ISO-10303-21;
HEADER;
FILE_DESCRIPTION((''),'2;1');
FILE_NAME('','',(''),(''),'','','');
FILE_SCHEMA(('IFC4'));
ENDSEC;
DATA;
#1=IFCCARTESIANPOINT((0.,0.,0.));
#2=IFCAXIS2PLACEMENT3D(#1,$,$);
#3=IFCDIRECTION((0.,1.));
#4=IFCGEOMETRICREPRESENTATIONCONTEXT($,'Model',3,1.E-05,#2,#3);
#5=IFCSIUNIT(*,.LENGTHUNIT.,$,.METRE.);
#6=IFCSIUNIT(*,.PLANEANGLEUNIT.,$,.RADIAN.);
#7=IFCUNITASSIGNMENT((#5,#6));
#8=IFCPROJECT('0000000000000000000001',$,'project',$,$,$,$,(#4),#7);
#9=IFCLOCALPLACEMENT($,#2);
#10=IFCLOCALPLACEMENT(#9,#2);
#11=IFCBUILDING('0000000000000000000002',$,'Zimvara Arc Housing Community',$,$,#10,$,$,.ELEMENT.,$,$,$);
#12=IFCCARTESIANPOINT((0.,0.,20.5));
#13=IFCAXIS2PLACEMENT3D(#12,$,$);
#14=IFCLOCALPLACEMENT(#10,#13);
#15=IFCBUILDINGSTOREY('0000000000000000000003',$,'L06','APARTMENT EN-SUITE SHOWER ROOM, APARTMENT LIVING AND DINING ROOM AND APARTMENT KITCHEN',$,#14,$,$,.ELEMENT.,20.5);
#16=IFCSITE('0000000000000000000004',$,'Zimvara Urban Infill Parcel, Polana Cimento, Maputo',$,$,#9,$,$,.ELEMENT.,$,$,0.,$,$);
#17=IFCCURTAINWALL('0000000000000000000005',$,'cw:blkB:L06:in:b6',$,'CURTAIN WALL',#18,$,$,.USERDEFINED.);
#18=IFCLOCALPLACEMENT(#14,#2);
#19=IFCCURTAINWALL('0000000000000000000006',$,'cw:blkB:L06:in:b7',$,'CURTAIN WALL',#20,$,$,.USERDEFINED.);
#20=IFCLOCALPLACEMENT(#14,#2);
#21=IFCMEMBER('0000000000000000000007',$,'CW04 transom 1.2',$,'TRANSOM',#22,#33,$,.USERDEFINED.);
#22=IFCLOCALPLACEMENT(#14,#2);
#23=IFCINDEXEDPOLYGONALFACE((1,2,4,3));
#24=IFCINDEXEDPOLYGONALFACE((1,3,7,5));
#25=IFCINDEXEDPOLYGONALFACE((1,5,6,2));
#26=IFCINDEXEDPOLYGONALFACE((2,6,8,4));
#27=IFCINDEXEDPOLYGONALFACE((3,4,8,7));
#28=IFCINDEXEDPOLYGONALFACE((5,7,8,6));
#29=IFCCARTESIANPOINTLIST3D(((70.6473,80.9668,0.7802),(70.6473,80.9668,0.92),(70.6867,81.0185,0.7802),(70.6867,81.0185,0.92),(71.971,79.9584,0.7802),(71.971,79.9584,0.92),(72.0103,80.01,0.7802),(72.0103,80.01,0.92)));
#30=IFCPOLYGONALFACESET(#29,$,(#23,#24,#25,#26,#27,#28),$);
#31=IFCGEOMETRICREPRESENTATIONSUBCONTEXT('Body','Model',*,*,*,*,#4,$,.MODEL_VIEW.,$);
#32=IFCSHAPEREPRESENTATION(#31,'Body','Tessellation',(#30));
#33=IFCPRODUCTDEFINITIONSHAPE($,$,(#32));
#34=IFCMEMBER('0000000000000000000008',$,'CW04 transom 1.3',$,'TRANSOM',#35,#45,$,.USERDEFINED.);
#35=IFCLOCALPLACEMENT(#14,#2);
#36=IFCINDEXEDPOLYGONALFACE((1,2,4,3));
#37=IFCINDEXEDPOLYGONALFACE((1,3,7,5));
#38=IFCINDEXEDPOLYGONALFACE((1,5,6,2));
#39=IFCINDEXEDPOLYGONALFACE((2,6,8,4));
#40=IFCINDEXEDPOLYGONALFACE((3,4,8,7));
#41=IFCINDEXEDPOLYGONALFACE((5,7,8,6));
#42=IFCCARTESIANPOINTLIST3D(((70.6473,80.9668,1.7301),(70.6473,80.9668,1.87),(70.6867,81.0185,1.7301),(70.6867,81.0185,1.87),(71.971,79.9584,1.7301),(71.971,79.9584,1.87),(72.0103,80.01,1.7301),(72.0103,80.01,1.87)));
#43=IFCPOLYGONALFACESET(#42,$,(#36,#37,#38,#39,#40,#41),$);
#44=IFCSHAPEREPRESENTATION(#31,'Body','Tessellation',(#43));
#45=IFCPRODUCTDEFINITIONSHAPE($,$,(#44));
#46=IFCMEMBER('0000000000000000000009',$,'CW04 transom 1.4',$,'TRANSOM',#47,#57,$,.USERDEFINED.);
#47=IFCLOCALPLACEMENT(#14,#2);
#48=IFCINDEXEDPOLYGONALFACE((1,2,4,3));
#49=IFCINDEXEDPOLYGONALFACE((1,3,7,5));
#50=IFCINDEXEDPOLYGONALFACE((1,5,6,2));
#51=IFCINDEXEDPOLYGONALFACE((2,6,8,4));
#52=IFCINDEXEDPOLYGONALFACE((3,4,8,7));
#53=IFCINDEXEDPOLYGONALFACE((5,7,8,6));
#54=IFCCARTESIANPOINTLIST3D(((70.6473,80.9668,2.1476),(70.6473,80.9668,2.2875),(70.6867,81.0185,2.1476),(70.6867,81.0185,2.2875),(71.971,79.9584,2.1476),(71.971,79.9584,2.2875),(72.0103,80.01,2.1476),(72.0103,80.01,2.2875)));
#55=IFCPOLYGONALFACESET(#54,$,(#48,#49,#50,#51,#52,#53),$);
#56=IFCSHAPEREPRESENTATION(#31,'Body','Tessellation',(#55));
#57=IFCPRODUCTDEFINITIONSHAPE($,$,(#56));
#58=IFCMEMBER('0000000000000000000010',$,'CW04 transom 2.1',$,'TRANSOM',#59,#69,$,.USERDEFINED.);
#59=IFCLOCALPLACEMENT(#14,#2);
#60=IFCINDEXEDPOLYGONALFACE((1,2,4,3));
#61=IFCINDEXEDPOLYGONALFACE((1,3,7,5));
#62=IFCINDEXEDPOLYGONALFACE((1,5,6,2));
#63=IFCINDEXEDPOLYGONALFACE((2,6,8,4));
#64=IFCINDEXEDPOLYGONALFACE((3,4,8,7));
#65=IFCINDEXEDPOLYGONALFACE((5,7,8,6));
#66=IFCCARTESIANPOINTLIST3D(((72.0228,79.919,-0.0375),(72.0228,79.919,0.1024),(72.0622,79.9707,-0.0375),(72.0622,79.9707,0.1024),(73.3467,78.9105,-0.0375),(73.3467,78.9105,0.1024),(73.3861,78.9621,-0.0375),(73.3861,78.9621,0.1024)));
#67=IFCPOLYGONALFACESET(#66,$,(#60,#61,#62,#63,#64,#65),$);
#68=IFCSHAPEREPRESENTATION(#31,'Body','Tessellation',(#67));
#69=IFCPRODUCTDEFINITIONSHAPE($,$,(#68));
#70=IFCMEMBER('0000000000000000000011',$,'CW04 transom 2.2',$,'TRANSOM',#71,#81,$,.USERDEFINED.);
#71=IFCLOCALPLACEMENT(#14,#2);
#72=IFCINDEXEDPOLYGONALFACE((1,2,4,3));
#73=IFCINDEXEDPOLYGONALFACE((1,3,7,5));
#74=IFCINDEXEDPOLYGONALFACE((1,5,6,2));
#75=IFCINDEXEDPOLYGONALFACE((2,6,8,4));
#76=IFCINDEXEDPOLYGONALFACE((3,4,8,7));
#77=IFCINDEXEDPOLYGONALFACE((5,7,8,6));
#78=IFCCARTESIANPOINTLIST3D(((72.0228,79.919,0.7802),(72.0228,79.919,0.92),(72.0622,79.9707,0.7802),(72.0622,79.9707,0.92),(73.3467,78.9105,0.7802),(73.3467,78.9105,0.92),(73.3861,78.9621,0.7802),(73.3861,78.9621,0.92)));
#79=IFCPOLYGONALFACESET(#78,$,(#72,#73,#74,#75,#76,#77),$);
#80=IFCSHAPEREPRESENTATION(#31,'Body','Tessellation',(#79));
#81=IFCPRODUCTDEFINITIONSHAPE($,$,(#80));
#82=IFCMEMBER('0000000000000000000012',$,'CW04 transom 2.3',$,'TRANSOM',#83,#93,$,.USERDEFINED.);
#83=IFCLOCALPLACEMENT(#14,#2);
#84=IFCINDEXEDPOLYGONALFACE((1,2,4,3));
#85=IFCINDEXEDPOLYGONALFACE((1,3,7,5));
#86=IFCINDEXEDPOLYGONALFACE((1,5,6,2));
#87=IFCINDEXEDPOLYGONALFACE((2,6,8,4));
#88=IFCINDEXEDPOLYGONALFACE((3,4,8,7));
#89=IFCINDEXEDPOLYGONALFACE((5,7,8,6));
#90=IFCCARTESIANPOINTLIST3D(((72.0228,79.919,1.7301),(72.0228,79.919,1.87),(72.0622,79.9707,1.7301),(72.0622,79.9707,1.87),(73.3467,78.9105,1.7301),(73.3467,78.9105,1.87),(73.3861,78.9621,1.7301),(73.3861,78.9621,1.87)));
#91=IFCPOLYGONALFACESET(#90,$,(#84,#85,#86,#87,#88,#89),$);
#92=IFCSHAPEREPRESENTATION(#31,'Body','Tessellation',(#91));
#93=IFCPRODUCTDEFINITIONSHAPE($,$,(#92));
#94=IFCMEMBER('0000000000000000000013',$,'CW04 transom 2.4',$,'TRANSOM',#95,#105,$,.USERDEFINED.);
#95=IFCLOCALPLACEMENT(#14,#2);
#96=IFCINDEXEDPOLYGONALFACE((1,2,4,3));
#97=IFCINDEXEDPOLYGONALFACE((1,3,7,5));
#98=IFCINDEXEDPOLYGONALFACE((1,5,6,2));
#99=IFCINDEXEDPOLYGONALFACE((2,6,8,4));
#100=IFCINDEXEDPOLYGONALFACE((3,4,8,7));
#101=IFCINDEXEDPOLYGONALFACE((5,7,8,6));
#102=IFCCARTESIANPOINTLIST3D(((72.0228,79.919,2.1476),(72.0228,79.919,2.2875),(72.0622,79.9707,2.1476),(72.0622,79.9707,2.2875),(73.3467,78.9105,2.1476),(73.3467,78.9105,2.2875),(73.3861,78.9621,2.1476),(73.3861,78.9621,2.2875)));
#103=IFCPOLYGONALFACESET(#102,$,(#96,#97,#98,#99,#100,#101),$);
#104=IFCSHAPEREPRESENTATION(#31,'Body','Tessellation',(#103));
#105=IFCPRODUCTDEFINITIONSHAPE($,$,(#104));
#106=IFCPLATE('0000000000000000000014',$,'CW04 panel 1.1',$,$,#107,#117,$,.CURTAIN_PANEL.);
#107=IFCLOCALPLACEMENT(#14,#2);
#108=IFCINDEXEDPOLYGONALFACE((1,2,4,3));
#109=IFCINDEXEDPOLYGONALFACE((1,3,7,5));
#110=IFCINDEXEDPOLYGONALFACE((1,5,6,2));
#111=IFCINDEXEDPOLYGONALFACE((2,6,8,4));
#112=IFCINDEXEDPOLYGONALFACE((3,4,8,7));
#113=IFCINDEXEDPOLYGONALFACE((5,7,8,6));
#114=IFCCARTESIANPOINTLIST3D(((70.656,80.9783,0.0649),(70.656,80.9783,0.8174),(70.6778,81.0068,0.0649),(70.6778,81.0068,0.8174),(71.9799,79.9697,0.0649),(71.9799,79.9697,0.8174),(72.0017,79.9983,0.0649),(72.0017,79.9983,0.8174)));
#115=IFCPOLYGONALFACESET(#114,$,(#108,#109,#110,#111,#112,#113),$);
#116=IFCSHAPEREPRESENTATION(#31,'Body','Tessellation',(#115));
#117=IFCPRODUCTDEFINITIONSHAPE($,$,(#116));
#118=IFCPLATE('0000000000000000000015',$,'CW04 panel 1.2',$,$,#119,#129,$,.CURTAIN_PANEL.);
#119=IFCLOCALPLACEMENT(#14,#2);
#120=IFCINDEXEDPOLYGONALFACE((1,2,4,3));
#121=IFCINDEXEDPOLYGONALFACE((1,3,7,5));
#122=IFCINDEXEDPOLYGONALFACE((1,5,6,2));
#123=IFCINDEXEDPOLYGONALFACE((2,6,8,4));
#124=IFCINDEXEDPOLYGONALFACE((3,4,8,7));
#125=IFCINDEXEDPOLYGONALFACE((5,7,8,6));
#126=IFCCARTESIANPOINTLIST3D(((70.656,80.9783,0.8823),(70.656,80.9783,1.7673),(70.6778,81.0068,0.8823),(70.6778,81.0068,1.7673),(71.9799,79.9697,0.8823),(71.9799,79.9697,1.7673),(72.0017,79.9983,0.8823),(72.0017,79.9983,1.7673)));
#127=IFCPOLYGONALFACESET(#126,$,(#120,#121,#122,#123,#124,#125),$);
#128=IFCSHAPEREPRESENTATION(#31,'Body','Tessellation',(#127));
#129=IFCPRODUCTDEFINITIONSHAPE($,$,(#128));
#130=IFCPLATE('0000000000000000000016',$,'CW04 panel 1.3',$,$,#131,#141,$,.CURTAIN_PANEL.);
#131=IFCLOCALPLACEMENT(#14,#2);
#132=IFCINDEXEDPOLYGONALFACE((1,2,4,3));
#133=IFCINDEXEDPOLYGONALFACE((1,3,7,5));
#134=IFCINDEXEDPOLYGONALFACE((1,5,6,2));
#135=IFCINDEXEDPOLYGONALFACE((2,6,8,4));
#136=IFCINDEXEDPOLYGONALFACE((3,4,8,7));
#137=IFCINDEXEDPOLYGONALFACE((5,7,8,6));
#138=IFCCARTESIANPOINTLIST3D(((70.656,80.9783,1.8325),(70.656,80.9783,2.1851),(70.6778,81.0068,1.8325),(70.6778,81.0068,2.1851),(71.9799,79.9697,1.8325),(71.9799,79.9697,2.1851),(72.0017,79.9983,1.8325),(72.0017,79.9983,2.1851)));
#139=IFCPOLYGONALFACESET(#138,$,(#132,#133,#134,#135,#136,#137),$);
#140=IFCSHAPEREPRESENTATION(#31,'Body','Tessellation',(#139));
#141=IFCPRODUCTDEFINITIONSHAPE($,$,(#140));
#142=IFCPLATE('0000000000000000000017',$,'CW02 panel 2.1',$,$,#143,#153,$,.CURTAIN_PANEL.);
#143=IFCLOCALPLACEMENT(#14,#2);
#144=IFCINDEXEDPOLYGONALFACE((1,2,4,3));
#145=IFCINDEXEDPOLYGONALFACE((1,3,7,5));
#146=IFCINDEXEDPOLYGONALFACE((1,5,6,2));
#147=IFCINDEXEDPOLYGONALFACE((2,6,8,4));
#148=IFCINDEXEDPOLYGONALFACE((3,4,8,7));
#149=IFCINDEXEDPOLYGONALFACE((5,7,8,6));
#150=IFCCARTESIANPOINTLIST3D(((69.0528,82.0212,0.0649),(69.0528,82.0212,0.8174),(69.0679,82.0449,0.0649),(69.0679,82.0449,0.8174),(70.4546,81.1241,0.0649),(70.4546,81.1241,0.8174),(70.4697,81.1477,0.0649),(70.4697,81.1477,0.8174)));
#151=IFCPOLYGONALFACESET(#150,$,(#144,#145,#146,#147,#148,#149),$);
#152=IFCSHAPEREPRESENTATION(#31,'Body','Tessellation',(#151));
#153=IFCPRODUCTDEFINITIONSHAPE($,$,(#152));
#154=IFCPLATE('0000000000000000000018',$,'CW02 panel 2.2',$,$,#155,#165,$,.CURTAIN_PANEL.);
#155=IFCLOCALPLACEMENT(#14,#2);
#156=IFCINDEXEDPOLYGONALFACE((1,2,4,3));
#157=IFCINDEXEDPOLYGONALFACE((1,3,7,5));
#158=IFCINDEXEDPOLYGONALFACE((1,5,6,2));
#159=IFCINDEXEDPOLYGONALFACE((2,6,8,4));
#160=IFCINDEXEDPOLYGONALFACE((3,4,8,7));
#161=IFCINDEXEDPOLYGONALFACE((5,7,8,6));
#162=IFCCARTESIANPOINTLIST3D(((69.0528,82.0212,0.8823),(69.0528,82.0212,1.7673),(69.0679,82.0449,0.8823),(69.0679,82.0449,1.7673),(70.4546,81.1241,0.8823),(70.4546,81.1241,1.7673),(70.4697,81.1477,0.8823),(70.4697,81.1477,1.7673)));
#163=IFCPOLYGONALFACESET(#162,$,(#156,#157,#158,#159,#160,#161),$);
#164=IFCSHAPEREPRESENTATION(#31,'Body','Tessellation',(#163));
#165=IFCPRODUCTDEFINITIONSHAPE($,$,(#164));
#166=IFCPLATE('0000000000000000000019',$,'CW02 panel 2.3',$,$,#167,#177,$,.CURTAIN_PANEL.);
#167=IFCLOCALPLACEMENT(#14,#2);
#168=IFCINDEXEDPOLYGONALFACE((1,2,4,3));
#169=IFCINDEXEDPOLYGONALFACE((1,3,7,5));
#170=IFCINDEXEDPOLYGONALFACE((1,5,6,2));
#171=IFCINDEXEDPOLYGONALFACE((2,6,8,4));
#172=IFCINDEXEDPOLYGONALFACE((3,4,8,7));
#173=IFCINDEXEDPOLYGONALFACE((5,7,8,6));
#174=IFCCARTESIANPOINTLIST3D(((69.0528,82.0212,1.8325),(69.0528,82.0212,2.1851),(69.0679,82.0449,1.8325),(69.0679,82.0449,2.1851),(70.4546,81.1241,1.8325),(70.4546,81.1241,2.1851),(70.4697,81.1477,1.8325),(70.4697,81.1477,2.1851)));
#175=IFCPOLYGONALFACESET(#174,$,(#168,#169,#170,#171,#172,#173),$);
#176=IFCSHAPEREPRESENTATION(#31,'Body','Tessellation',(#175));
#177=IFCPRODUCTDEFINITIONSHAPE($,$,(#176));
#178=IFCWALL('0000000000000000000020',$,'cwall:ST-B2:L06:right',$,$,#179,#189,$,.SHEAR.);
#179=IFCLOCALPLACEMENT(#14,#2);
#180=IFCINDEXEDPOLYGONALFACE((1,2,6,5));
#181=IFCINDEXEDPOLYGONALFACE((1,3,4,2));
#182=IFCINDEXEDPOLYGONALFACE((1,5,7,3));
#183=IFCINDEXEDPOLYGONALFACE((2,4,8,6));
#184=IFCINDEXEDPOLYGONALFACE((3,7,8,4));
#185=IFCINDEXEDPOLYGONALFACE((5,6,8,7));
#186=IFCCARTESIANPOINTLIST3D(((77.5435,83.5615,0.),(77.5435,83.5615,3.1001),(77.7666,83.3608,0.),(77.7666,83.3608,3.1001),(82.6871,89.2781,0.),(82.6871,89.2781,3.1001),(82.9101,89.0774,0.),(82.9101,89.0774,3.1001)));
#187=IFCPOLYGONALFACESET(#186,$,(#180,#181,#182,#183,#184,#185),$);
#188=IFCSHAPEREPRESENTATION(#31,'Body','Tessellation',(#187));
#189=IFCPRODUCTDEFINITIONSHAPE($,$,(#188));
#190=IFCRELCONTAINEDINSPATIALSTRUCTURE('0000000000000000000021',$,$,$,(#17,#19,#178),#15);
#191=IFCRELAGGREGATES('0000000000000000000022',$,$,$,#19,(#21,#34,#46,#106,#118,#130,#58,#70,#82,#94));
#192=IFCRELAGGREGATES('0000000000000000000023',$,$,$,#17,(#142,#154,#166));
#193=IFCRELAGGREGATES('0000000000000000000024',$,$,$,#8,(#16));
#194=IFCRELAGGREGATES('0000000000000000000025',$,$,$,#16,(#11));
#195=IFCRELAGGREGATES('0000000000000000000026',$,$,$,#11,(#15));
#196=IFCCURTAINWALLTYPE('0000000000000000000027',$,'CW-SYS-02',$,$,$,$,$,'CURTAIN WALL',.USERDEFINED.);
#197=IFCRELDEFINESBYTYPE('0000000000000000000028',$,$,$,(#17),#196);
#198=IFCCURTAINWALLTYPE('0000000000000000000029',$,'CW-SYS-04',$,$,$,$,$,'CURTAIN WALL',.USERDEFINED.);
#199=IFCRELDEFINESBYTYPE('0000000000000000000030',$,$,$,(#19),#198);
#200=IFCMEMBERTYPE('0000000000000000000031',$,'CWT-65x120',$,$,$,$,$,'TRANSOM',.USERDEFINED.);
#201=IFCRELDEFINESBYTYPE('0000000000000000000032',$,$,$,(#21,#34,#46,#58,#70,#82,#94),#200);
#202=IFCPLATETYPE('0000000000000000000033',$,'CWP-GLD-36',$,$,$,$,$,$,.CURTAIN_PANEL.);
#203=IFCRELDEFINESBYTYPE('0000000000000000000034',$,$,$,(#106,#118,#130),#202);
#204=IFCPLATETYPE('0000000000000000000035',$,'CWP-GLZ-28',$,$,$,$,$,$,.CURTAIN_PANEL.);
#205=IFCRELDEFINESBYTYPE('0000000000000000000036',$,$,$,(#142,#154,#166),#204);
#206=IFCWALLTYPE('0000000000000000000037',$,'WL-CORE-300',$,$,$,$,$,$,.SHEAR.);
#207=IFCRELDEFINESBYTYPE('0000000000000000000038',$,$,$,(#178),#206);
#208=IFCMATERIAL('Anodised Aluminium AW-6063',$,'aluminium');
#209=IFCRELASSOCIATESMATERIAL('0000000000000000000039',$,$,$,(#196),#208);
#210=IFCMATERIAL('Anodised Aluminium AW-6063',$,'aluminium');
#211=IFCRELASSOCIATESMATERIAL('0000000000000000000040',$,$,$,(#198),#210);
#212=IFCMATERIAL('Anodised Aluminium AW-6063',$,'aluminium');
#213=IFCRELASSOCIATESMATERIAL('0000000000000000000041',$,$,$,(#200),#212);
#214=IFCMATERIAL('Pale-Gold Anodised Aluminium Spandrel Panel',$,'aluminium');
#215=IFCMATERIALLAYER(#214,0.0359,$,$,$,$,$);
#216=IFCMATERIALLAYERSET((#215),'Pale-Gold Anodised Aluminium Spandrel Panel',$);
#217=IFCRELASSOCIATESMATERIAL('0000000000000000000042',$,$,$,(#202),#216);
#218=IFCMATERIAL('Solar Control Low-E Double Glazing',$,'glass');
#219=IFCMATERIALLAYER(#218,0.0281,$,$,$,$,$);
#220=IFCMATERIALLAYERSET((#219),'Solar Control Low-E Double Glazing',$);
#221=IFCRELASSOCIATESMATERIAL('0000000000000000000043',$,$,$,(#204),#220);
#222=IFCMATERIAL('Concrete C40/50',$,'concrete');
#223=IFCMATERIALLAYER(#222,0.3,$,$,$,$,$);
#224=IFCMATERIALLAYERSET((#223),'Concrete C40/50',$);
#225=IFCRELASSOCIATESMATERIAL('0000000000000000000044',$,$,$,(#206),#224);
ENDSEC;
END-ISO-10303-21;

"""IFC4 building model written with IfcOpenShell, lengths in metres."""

from ifc_helpers import new_model, si_unit, direction, frame, frame_2d, origin, origin_2d, place, context, subcontext, project, spatial, rectangle, extrude, material, layer, layer_set, material_profile, profile_set, type_object, element, aggregate, save


model = new_model("IFC4")

# Units and contexts
model_context = context("Model", 3, precision=1e-05, world=origin(), true_north=direction((0.0, 1.0)))
body_context = subcontext(model_context, "Body", "Model", "MODEL_VIEW")
ifc_project = project(units=[si_unit("LENGTHUNIT", "METRE"), si_unit("PLANEANGLEUNIT", "RADIAN")], contexts=[model_context])

# Site, building, storey
site_placement = place(None, origin())
site = spatial("IfcSite", under=ifc_project, at=site_placement, Name="Zimvara Urban Infill Parcel, Polana Cimento, Maputo", CompositionType="ELEMENT", RefElevation=0.0)
building_placement = place(site_placement, origin())
building = spatial("IfcBuilding", under=site, at=building_placement, Name="Zimvara Arc Housing Community", CompositionType="ELEMENT")
storey_placement = place(building_placement, frame((0.0, 0.0, 20.5)))
storey = spatial("IfcBuildingStorey", under=building, at=storey_placement, Name="L06", Description="APARTMENT EN-SUITE SHOWER ROOM, APARTMENT LIVING AND DINING ROOM AND APARTMENT KITCHEN", CompositionType="ELEMENT", Elevation=20.5)

# Curtain wall
ifc_material_1 = material(Name="Anodised Aluminium AW-6063", Category="aluminium")
curtain_wall_type_1 = type_object("IfcCurtainWallType", Name="CW-SYS-02", ElementType="CURTAIN WALL", PredefinedType="USERDEFINED", material=ifc_material_1)
curtain_wall_1_placement = place(storey_placement, origin())
curtain_wall_1 = element("IfcCurtainWall", 1, at=curtain_wall_1_placement, inside=storey, type_object=curtain_wall_type_1, Name="cw:blkB:L06:in:b6", ObjectType="CURTAIN WALL", PredefinedType="USERDEFINED")

# Curtain wall
ifc_material_2 = material(Name="Anodised Aluminium AW-6063", Category="aluminium")
curtain_wall_type_2 = type_object("IfcCurtainWallType", Name="CW-SYS-04", ElementType="CURTAIN WALL", PredefinedType="USERDEFINED", material=ifc_material_2)
curtain_wall_2_placement = place(storey_placement, origin())
curtain_wall_2 = element("IfcCurtainWall", 2, at=curtain_wall_2_placement, inside=storey, type_object=curtain_wall_type_2, Name="cw:blkB:L06:in:b7", ObjectType="CURTAIN WALL", PredefinedType="USERDEFINED")

# Members
ifc_material_3 = material(Name="Anodised Aluminium AW-6063", Category="aluminium")
ifc_material_profile_1 = material_profile(ifc_material_3, rectangle(XDim=0.0649, YDim=0.1399, at=origin_2d()), Name="ALU 65x140")
ifc_profile_set_1 = profile_set([ifc_material_profile_1], Name="Anodised Aluminium AW-6063")
member_type_1 = type_object("IfcMemberType", Name="CWT-65x120", ElementType="TRANSOM", PredefinedType="USERDEFINED", material=ifc_profile_set_1)
member_1_placement = place(storey_placement, frame((70.667, 80.9927, 0.8501), z_axis=(0.795435, -0.606039, 0.0), x_axis=(0.606039, 0.795435, 0.0)))
member_1 = element("IfcMember", 3, at=member_1_placement, type_object=member_type_1, Name="CW04 transom 1.2", ObjectType="TRANSOM", PredefinedType="USERDEFINED", context=body_context, shape_type="SweptSolid", body=[
    extrude(rectangle(XDim=0.0649, YDim=0.1399, at=origin_2d()), origin(), (0.0, 0.0, 1.0), 1.6641),
])
member_2_placement = place(storey_placement, frame((70.667, 80.9927, 1.8), z_axis=(0.795435, -0.606039, 0.0), x_axis=(0.606039, 0.795435, 0.0)))
member_2 = element("IfcMember", 4, at=member_2_placement, type_object=member_type_1, Name="CW04 transom 1.3", ObjectType="TRANSOM", PredefinedType="USERDEFINED", context=body_context, shape_type="SweptSolid", body=[
    extrude(rectangle(XDim=0.0649, YDim=0.1399, at=origin_2d()), origin(), (0.0, 0.0, 1.0), 1.6641),
])
member_3_placement = place(storey_placement, frame((70.667, 80.9927, 2.2175), z_axis=(0.795435, -0.606039, 0.0), x_axis=(0.606039, 0.795435, 0.0)))
member_3 = element("IfcMember", 5, at=member_3_placement, type_object=member_type_1, Name="CW04 transom 1.4", ObjectType="TRANSOM", PredefinedType="USERDEFINED", context=body_context, shape_type="SweptSolid", body=[
    extrude(rectangle(XDim=0.0649, YDim=0.1399, at=origin_2d()), origin(), (0.0, 0.0, 1.0), 1.6641),
])
member_4_placement = place(storey_placement, frame((72.0425, 79.9448, 0.0325), z_axis=(0.795489, -0.605968, 0.0), x_axis=(0.605968, 0.795489, 0.0)))
member_4 = element("IfcMember", 6, at=member_4_placement, type_object=member_type_1, Name="CW04 transom 2.1", ObjectType="TRANSOM", PredefinedType="USERDEFINED", context=body_context, shape_type="SweptSolid", body=[
    extrude(rectangle(XDim=0.0649, YDim=0.1399, at=origin_2d()), origin(), (0.0, 0.0, 1.0), 1.6643),
])
member_5_placement = place(storey_placement, frame((72.0425, 79.9448, 0.8501), z_axis=(0.795489, -0.605968, 0.0), x_axis=(0.605968, 0.795489, 0.0)))
member_5 = element("IfcMember", 7, at=member_5_placement, type_object=member_type_1, Name="CW04 transom 2.2", ObjectType="TRANSOM", PredefinedType="USERDEFINED", context=body_context, shape_type="SweptSolid", body=[
    extrude(rectangle(XDim=0.0649, YDim=0.1399, at=origin_2d()), origin(), (0.0, 0.0, 1.0), 1.6643),
])
member_6_placement = place(storey_placement, frame((72.0425, 79.9448, 1.8), z_axis=(0.795489, -0.605968, 0.0), x_axis=(0.605968, 0.795489, 0.0)))
member_6 = element("IfcMember", 8, at=member_6_placement, type_object=member_type_1, Name="CW04 transom 2.3", ObjectType="TRANSOM", PredefinedType="USERDEFINED", context=body_context, shape_type="SweptSolid", body=[
    extrude(rectangle(XDim=0.0649, YDim=0.1399, at=origin_2d()), origin(), (0.0, 0.0, 1.0), 1.6643),
])
member_7_placement = place(storey_placement, frame((72.0425, 79.9448, 2.2175), z_axis=(0.795489, -0.605968, 0.0), x_axis=(0.605968, 0.795489, 0.0)))
member_7 = element("IfcMember", 9, at=member_7_placement, type_object=member_type_1, Name="CW04 transom 2.4", ObjectType="TRANSOM", PredefinedType="USERDEFINED", context=body_context, shape_type="SweptSolid", body=[
    extrude(rectangle(XDim=0.0649, YDim=0.1399, at=origin_2d()), origin(), (0.0, 0.0, 1.0), 1.6643),
])

# Plates
ifc_material_4 = material(Name="Pale-Gold Anodised Aluminium Spandrel Panel", Category="aluminium")
ifc_layer_1 = layer(ifc_material_4, 0.0359)
ifc_layer_set_1 = layer_set([ifc_layer_1], Name="Pale-Gold Anodised Aluminium Spandrel Panel")
plate_type_1 = type_object("IfcPlateType", Name="CWP-GLD-36", PredefinedType="CURTAIN_PANEL", material=ifc_layer_set_1)
plate_1_placement = place(storey_placement, frame((71.3289, 80.4883, 0.0649), z_axis=(0.0, 0.0, 1.0), x_axis=(0.795474, -0.605988, 0.0)))
plate_1 = element("IfcPlate", 10, at=plate_1_placement, type_object=plate_type_1, Name="CW04 panel 1.1", PredefinedType="CURTAIN_PANEL", context=body_context, shape_type="SweptSolid", body=[
    extrude(rectangle(XDim=1.6643, YDim=0.0359, at=origin_2d()), origin(), (0.0, 0.0, 1.0), 0.7524),
])
plate_2_placement = place(storey_placement, frame((71.3289, 80.4883, 0.8823), z_axis=(0.0, 0.0, 1.0), x_axis=(0.795474, -0.605988, 0.0)))
plate_2 = element("IfcPlate", 11, at=plate_2_placement, type_object=plate_type_1, Name="CW04 panel 1.2", PredefinedType="CURTAIN_PANEL", context=body_context, shape_type="SweptSolid", body=[
    extrude(rectangle(XDim=1.6643, YDim=0.0359, at=origin_2d()), origin(), (0.0, 0.0, 1.0), 0.885),
])
plate_3_placement = place(storey_placement, frame((71.3289, 80.4883, 1.8325), z_axis=(0.0, 0.0, 1.0), x_axis=(0.795474, -0.605988, 0.0)))
plate_3 = element("IfcPlate", 12, at=plate_3_placement, type_object=plate_type_1, Name="CW04 panel 1.3", PredefinedType="CURTAIN_PANEL", context=body_context, shape_type="SweptSolid", body=[
    extrude(rectangle(XDim=1.6643, YDim=0.0359, at=origin_2d()), origin(), (0.0, 0.0, 1.0), 0.3525),
])
aggregate(curtain_wall_2, [member_1, member_2, member_3, plate_1, plate_2, plate_3, member_4, member_5, member_6, member_7])
ifc_material_5 = material(Name="Solar Control Low-E Double Glazing", Category="glass")
ifc_layer_2 = layer(ifc_material_5, 0.0281)
ifc_layer_set_2 = layer_set([ifc_layer_2], Name="Solar Control Low-E Double Glazing")
plate_type_2 = type_object("IfcPlateType", Name="CWP-GLZ-28", PredefinedType="CURTAIN_PANEL", material=ifc_layer_set_2)
plate_4_placement = place(storey_placement, frame((69.7612, 81.5845, 0.0649), z_axis=(0.0, 0.0, 1.0), x_axis=(0.842265, -0.539064, 0.0)))
plate_4 = element("IfcPlate", 13, at=plate_4_placement, type_object=plate_type_2, Name="CW02 panel 2.1", PredefinedType="CURTAIN_PANEL", context=body_context, shape_type="SweptSolid", body=[
    extrude(rectangle(XDim=1.6643, YDim=0.0281, at=origin_2d()), origin(), (0.0, 0.0, 1.0), 0.7524),
])
plate_5_placement = place(storey_placement, frame((69.7612, 81.5845, 0.8823), z_axis=(0.0, 0.0, 1.0), x_axis=(0.842265, -0.539064, 0.0)))
plate_5 = element("IfcPlate", 14, at=plate_5_placement, type_object=plate_type_2, Name="CW02 panel 2.2", PredefinedType="CURTAIN_PANEL", context=body_context, shape_type="SweptSolid", body=[
    extrude(rectangle(XDim=1.6643, YDim=0.0281, at=origin_2d()), origin(), (0.0, 0.0, 1.0), 0.885),
])
plate_6_placement = place(storey_placement, frame((69.7612, 81.5845, 1.8325), z_axis=(0.0, 0.0, 1.0), x_axis=(0.842265, -0.539064, 0.0)))
plate_6 = element("IfcPlate", 15, at=plate_6_placement, type_object=plate_type_2, Name="CW02 panel 2.3", PredefinedType="CURTAIN_PANEL", context=body_context, shape_type="SweptSolid", body=[
    extrude(rectangle(XDim=1.6643, YDim=0.0281, at=origin_2d()), origin(), (0.0, 0.0, 1.0), 0.3525),
])
aggregate(curtain_wall_1, [plate_4, plate_5, plate_6])

# Wall
ifc_material_6 = material(Name="Concrete C40/50", Category="concrete")
ifc_layer_3 = layer(ifc_material_6, 0.3)
ifc_layer_set_3 = layer_set([ifc_layer_3], Name="Concrete C40/50")
wall_type_1 = type_object("IfcWallType", Name="WL-CORE-300", PredefinedType="SHEAR", material=ifc_layer_set_3)
wall_1_placement = place(storey_placement, frame((77.655, 83.4612, 0.0), z_axis=(0.0, 0.0, 1.0), x_axis=(0.668868, 0.743381, 0.0)))
element("IfcWall", 16, at=wall_1_placement, inside=storey, type_object=wall_type_1, Name="cwall:ST-B2:L06:right", PredefinedType="SHEAR", context=body_context, shape_type="SweptSolid", body=[
    extrude(rectangle(XDim=7.6899, YDim=0.3, at=frame_2d((3.845, 0.0))), origin(), (0.0, 0.0, 1.0), 3.1001),
])

save(model, "model.ifc")
